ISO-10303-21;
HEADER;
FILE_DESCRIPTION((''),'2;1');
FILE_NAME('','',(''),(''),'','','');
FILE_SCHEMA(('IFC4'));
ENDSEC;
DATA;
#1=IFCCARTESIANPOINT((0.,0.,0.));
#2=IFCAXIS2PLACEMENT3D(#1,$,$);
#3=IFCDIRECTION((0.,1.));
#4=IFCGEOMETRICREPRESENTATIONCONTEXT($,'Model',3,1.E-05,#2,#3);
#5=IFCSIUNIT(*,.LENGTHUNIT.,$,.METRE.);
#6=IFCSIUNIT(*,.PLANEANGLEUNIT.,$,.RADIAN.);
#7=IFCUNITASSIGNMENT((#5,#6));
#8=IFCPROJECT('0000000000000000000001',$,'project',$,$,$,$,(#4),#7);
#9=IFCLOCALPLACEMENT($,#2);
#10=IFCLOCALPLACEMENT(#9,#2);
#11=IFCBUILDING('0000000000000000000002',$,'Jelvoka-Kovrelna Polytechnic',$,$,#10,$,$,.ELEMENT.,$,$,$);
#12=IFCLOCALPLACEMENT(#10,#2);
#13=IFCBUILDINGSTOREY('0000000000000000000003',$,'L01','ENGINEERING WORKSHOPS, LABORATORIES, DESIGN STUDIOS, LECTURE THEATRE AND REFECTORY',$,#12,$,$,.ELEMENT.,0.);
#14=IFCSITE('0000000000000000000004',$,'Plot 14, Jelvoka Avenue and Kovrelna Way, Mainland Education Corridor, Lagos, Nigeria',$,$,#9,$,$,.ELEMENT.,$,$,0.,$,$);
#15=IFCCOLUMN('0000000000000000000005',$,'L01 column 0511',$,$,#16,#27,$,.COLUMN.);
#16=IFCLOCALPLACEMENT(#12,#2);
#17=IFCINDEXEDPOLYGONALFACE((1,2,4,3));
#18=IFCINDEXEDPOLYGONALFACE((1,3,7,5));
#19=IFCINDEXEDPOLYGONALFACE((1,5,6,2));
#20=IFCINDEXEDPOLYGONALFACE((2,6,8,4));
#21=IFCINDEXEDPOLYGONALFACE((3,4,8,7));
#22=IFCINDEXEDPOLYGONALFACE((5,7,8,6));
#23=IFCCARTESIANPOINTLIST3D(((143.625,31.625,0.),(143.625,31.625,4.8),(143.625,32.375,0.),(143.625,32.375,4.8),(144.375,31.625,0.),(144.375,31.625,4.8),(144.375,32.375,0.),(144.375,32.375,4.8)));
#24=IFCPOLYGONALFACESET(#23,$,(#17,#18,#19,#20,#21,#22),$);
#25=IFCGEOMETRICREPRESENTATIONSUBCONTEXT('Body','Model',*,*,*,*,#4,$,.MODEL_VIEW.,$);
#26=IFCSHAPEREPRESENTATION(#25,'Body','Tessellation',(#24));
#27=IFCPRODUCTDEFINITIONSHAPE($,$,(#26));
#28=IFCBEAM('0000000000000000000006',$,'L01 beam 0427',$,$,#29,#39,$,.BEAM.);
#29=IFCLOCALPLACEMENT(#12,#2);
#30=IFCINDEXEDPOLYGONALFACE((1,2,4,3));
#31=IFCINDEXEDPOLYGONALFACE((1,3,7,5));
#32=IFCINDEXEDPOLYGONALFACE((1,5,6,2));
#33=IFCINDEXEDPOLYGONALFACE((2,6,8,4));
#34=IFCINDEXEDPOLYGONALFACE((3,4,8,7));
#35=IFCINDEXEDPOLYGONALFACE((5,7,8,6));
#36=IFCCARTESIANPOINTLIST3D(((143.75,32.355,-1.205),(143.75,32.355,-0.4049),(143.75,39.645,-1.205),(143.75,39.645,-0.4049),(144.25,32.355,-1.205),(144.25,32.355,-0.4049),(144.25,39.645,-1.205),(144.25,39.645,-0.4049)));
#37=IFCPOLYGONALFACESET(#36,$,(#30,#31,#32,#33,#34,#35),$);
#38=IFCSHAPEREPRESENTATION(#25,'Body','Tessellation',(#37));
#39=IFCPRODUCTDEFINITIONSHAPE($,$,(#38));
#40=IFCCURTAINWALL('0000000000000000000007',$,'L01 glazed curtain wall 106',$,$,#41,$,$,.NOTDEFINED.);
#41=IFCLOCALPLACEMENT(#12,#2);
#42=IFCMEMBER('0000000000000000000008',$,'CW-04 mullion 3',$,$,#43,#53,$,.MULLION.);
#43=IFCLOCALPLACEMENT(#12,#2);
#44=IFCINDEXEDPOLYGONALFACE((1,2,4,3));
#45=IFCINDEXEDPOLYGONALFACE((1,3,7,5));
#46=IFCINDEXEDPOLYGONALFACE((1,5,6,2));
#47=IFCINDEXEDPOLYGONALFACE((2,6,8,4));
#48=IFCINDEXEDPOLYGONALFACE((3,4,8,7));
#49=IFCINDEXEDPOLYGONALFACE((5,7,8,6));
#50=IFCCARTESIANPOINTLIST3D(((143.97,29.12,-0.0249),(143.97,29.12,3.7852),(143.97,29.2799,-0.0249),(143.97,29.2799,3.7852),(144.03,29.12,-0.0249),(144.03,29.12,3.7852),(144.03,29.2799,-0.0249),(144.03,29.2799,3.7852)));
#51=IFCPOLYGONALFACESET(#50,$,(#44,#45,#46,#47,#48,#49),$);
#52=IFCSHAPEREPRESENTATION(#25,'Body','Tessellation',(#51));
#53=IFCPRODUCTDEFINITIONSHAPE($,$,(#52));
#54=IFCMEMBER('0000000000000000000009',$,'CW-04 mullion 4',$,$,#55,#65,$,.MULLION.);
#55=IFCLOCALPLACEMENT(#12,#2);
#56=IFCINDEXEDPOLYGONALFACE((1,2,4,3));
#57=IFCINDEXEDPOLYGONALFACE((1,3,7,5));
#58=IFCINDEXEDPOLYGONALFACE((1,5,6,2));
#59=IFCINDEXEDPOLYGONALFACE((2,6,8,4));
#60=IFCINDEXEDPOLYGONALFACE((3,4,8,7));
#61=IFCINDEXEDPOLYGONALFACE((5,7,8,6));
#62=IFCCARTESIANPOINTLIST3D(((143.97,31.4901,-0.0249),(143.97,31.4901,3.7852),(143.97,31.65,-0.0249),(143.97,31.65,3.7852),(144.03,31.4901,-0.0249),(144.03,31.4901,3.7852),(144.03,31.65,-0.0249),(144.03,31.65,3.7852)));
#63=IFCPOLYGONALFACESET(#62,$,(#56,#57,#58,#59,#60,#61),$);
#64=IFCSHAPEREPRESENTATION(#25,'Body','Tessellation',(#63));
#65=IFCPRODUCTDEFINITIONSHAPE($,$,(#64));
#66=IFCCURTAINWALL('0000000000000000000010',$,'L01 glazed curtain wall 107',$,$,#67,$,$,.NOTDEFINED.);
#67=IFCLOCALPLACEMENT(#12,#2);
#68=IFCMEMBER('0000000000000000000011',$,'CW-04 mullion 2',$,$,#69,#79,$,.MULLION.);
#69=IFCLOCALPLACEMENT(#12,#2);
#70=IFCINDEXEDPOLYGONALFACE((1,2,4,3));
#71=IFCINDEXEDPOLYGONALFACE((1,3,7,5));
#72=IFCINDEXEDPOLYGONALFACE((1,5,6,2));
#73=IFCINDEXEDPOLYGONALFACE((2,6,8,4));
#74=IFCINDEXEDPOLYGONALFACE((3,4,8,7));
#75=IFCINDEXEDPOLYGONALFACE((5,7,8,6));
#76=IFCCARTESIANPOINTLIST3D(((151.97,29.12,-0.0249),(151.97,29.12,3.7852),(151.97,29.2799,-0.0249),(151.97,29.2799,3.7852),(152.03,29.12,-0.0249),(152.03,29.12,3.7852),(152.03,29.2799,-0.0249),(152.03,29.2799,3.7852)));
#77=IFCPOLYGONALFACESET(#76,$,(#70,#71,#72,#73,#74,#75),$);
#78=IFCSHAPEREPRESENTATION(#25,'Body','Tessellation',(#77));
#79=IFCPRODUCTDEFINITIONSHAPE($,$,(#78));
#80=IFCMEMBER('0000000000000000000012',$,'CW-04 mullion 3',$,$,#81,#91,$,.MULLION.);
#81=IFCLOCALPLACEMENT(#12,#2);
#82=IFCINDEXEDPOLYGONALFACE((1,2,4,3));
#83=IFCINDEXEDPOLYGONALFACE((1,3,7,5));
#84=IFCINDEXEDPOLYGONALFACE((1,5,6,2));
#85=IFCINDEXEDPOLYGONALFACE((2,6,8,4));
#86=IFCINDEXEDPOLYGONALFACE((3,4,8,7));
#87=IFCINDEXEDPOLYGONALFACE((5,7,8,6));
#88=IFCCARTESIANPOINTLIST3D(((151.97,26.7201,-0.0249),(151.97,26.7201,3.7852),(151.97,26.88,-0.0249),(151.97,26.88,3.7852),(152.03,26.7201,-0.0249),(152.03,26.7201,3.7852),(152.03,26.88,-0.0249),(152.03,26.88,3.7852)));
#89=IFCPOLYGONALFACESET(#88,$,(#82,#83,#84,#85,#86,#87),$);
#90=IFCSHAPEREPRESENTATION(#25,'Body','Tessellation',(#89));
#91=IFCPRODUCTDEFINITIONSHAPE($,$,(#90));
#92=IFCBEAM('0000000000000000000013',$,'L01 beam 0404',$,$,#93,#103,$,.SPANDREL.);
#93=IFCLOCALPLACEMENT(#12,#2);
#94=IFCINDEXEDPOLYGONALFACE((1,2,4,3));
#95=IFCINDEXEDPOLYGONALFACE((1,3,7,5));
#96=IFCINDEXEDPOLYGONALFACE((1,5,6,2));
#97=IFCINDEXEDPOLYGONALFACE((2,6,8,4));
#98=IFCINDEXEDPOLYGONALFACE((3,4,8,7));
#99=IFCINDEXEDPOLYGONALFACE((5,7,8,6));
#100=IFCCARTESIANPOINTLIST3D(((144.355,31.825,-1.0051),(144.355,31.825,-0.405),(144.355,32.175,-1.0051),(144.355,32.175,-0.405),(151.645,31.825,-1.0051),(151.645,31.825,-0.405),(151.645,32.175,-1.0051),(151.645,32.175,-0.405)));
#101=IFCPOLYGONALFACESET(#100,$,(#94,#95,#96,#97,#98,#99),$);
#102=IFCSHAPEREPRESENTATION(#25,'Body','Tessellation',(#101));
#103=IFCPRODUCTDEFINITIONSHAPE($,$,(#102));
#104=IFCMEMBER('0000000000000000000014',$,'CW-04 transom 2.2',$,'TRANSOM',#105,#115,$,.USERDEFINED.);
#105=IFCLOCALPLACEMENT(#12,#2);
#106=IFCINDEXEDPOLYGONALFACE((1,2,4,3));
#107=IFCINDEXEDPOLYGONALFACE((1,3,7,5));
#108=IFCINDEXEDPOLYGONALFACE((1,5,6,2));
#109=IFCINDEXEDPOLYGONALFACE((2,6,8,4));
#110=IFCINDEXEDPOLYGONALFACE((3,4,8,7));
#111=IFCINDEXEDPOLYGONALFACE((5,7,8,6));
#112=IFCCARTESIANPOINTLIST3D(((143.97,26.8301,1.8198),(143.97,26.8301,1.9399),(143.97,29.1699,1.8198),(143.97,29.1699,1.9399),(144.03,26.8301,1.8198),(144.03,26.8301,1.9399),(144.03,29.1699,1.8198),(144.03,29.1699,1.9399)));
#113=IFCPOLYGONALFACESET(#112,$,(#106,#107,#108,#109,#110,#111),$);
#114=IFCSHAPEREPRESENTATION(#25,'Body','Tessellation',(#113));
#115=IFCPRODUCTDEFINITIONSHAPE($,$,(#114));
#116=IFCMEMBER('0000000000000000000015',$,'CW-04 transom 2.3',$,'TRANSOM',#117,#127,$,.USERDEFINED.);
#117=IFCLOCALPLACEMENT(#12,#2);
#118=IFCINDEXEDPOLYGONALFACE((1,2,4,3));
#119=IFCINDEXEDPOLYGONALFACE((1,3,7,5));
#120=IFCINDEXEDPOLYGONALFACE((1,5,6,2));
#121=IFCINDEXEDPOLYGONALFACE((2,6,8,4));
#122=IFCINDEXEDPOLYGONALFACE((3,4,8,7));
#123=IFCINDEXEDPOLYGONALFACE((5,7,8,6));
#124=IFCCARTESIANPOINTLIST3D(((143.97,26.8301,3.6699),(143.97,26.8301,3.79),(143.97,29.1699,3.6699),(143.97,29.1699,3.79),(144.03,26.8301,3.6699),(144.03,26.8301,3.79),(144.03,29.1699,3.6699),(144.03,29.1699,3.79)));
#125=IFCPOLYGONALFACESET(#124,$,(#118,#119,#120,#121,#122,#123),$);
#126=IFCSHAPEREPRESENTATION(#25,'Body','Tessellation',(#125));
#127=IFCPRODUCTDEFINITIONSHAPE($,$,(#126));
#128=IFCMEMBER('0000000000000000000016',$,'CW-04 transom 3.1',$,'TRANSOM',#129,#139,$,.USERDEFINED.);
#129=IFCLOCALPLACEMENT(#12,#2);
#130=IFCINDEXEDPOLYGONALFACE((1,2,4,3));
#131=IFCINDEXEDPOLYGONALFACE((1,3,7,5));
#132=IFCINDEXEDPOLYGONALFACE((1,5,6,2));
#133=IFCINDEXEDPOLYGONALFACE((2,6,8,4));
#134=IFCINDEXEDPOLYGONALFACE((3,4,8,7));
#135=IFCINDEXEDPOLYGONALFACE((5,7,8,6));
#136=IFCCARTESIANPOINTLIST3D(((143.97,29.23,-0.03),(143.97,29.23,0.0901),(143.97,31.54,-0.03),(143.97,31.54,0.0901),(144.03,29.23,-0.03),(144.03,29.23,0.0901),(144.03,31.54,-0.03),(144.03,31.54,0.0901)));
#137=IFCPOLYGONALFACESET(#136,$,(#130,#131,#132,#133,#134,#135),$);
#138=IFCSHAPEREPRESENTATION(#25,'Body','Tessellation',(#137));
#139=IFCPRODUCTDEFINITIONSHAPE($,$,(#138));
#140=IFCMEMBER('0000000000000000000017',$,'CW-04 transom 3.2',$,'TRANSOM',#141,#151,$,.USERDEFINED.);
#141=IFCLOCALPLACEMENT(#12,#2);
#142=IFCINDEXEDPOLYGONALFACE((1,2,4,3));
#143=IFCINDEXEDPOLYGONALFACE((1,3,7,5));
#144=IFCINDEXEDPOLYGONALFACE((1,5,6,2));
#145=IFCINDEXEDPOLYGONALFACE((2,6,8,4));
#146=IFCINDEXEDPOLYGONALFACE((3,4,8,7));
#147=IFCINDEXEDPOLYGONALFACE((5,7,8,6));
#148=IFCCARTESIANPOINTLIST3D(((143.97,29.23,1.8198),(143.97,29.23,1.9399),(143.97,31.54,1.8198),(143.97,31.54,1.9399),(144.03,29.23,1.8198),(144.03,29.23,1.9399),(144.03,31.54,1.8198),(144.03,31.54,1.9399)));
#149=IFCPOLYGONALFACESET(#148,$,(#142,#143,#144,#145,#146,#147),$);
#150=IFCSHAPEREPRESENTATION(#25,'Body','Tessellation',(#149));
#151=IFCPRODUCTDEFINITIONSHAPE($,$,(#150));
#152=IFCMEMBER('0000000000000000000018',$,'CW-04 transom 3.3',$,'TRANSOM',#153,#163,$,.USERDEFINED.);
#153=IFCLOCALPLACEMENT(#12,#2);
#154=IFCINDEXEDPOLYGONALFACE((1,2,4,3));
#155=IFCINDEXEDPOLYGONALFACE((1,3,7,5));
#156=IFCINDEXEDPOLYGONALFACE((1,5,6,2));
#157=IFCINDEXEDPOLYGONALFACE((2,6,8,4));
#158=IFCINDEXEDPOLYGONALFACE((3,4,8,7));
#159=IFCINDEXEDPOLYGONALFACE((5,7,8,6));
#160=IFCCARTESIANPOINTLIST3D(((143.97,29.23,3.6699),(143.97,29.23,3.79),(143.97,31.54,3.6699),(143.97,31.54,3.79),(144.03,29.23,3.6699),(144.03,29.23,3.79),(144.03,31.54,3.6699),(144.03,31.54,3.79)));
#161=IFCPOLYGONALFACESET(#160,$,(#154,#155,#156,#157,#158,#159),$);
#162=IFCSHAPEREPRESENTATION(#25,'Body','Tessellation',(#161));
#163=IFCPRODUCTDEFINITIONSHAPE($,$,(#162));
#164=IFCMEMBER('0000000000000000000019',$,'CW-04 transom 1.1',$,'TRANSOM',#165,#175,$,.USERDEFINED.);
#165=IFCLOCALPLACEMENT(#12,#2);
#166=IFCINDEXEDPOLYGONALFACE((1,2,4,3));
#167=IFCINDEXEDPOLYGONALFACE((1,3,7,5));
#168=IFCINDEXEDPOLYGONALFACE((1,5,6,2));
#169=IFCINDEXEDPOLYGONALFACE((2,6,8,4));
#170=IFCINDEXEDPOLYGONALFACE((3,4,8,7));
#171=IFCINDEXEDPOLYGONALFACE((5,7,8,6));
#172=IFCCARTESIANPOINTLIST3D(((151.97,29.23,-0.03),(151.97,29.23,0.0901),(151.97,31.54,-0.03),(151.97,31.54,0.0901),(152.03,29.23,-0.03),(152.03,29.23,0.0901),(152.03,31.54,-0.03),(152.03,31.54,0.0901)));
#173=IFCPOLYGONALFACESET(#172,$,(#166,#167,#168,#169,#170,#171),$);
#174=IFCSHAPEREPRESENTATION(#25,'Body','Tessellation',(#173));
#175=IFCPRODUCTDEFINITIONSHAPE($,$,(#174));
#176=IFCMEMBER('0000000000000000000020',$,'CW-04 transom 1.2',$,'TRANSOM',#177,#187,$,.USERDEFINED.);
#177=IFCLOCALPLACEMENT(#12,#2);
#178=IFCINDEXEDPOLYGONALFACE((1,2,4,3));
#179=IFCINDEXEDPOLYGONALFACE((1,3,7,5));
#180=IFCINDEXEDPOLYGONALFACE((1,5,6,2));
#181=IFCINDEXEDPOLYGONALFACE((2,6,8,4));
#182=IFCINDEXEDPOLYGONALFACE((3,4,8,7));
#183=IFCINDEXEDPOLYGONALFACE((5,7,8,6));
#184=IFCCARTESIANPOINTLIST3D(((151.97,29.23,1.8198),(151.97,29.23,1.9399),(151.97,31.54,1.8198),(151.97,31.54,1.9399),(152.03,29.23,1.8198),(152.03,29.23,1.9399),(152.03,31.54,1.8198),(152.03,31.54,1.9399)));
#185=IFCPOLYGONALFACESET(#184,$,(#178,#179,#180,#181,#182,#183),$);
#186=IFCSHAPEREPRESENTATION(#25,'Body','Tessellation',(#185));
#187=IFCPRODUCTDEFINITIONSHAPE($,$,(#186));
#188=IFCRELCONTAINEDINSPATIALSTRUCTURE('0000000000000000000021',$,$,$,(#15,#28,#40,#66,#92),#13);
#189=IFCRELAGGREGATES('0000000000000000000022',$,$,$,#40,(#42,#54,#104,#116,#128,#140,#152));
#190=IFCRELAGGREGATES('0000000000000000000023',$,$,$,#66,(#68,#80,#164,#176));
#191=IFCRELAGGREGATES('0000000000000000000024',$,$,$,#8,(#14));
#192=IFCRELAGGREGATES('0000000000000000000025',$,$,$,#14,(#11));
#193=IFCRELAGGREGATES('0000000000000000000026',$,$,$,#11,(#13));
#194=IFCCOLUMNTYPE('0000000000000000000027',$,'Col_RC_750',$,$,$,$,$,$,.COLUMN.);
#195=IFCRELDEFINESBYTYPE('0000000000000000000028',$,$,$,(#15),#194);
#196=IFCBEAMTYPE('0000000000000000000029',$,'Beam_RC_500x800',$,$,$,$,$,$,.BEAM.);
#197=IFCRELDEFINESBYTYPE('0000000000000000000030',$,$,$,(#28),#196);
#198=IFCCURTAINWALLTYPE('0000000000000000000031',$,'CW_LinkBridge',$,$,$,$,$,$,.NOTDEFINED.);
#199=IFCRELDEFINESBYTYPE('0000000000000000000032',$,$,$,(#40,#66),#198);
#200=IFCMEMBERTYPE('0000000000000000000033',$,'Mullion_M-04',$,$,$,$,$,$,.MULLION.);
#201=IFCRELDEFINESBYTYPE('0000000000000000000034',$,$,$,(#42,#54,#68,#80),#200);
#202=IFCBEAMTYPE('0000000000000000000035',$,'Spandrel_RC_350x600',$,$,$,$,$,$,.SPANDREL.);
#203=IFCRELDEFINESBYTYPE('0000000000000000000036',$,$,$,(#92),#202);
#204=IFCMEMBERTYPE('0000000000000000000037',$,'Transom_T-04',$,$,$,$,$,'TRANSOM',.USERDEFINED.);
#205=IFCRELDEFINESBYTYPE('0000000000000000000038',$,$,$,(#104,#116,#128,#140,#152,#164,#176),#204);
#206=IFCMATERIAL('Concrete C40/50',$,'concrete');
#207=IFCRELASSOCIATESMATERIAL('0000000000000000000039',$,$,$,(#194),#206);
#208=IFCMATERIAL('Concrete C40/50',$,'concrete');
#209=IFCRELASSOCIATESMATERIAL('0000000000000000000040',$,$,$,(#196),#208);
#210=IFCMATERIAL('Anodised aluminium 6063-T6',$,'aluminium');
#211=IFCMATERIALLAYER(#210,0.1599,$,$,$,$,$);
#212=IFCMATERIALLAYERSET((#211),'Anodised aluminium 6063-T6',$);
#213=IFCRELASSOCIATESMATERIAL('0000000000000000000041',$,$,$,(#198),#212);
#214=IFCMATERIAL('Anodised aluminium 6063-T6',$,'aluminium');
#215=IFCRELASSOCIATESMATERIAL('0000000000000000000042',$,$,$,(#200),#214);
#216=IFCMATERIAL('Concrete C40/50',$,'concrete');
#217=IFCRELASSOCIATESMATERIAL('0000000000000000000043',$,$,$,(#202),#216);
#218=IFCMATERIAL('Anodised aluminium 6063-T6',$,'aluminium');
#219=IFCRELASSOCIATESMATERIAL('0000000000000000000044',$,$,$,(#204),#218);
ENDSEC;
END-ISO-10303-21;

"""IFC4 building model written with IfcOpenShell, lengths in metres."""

from ifc_helpers import new_model, si_unit, direction, frame, origin, origin_2d, place, context, subcontext, project, spatial, rectangle, extrude, material, layer, layer_set, material_profile, profile_set, type_object, element, aggregate, save


model = new_model("IFC4")

# Units and contexts
model_context = context("Model", 3, precision=1e-05, world=origin(), true_north=direction((0.0, 1.0)))
body_context = subcontext(model_context, "Body", "Model", "MODEL_VIEW")
ifc_project = project(units=[si_unit("LENGTHUNIT", "METRE"), si_unit("PLANEANGLEUNIT", "RADIAN")], contexts=[model_context])

# Site, building, storey
site_placement = place(None, origin())
site = spatial("IfcSite", under=ifc_project, at=site_placement, Name="Plot 14, Jelvoka Avenue and Kovrelna Way, Mainland Education Corridor, Lagos, Nigeria", CompositionType="ELEMENT", RefElevation=0.0)
building_placement = place(site_placement, origin())
building = spatial("IfcBuilding", under=site, at=building_placement, Name="Jelvoka-Kovrelna Polytechnic", CompositionType="ELEMENT")
storey_placement = place(building_placement, origin())
storey = spatial("IfcBuildingStorey", under=building, at=storey_placement, Name="L01", Description="ENGINEERING WORKSHOPS, LABORATORIES, DESIGN STUDIOS, LECTURE THEATRE AND REFECTORY", CompositionType="ELEMENT", Elevation=0.0)

# Column
ifc_material_1 = material(Name="Concrete C40/50", Category="concrete")
ifc_material_profile_1 = material_profile(ifc_material_1, rectangle(XDim=0.75, YDim=0.75, at=origin_2d()), Name="RC 750x750")
ifc_profile_set_1 = profile_set([ifc_material_profile_1], Name="Concrete C40/50")
column_type = type_object("IfcColumnType", Name="Col_RC_750", PredefinedType="COLUMN", material=ifc_profile_set_1)
column_placement = place(storey_placement, frame((144.0, 32.0, 0.0), z_axis=(0.0, 0.0, 1.0), x_axis=(1.0, 0.0, 0.0)))
element("IfcColumn", 1, at=column_placement, inside=storey, type_object=column_type, Name="L01 column 0511", PredefinedType="COLUMN", context=body_context, shape_type="SweptSolid", body=[
    extrude(rectangle(XDim=0.75, YDim=0.75, at=origin_2d()), origin(), (0.0, 0.0, 1.0), 4.8),
])

# Beam
ifc_material_2 = material(Name="Concrete C40/50", Category="concrete")
ifc_material_profile_2 = material_profile(ifc_material_2, rectangle(XDim=0.5, YDim=0.8, at=origin_2d()), Name="RC 500x800")
ifc_profile_set_2 = profile_set([ifc_material_profile_2], Name="Concrete C40/50")
beam_type_1 = type_object("IfcBeamType", Name="Beam_RC_500x800", PredefinedType="BEAM", material=ifc_profile_set_2)
beam_1_placement = place(storey_placement, frame((144.0, 32.355, -0.8049), z_axis=(0.0, 1.0, 0.0), x_axis=(-1.0, 0.0, 0.0)))
element("IfcBeam", 2, at=beam_1_placement, inside=storey, type_object=beam_type_1, Name="L01 beam 0427", PredefinedType="BEAM", context=body_context, shape_type="SweptSolid", body=[
    extrude(rectangle(XDim=0.5, YDim=0.8, at=origin_2d()), origin(), (0.0, 0.0, 1.0), 7.29),
])

# Curtain walls, members
ifc_material_3 = material(Name="Anodised aluminium 6063-T6", Category="aluminium")
ifc_layer_1 = layer(ifc_material_3, 0.1599)
ifc_layer_set_1 = layer_set([ifc_layer_1], Name="Anodised aluminium 6063-T6")
curtain_wall_type = type_object("IfcCurtainWallType", Name="CW_LinkBridge", PredefinedType="NOTDEFINED", material=ifc_layer_set_1)
curtain_wall_1_placement = place(storey_placement, origin())
curtain_wall_1 = element("IfcCurtainWall", 3, at=curtain_wall_1_placement, inside=storey, type_object=curtain_wall_type, Name="L01 glazed curtain wall 106", PredefinedType="NOTDEFINED")
ifc_material_4 = material(Name="Anodised aluminium 6063-T6", Category="aluminium")
ifc_material_profile_3 = material_profile(ifc_material_4, rectangle(XDim=0.0601, YDim=0.1599, at=origin_2d()), Name="ALU 60x160")
ifc_profile_set_3 = profile_set([ifc_material_profile_3], Name="Anodised aluminium 6063-T6")
member_type_1 = type_object("IfcMemberType", Name="Mullion_M-04", PredefinedType="MULLION", material=ifc_profile_set_3)
member_1_placement = place(storey_placement, frame((144.0, 29.2, -0.0249), z_axis=(0.0, 0.0, 1.0), x_axis=(-1.0, 0.0, 0.0)))
member_1 = element("IfcMember", 4, at=member_1_placement, type_object=member_type_1, Name="CW-04 mullion 3", PredefinedType="MULLION", context=body_context, shape_type="SweptSolid", body=[
    extrude(rectangle(XDim=0.0601, YDim=0.1599, at=origin_2d()), origin(), (0.0, 0.0, 1.0), 3.8101),
])
member_2_placement = place(storey_placement, frame((144.0, 31.5701, -0.0249), z_axis=(0.0, 0.0, 1.0), x_axis=(-1.0, 0.0, 0.0)))
member_2 = element("IfcMember", 5, at=member_2_placement, type_object=member_type_1, Name="CW-04 mullion 4", PredefinedType="MULLION", context=body_context, shape_type="SweptSolid", body=[
    extrude(rectangle(XDim=0.0601, YDim=0.1599, at=origin_2d()), origin(), (0.0, 0.0, 1.0), 3.8101),
])
curtain_wall_2_placement = place(storey_placement, origin())
curtain_wall_2 = element("IfcCurtainWall", 6, at=curtain_wall_2_placement, inside=storey, type_object=curtain_wall_type, Name="L01 glazed curtain wall 107", PredefinedType="NOTDEFINED")
member_3_placement = place(storey_placement, frame((152.0, 29.2, -0.0249), z_axis=(0.0, 0.0, 1.0), x_axis=(1.0, 0.0, 0.0)))
member_3 = element("IfcMember", 7, at=member_3_placement, type_object=member_type_1, Name="CW-04 mullion 2", PredefinedType="MULLION", context=body_context, shape_type="SweptSolid", body=[
    extrude(rectangle(XDim=0.0601, YDim=0.1599, at=origin_2d()), origin(), (0.0, 0.0, 1.0), 3.8101),
])
member_4_placement = place(storey_placement, frame((152.0, 26.8, -0.0249), z_axis=(0.0, 0.0, 1.0), x_axis=(1.0, 0.0, 0.0)))
member_4 = element("IfcMember", 8, at=member_4_placement, type_object=member_type_1, Name="CW-04 mullion 3", PredefinedType="MULLION", context=body_context, shape_type="SweptSolid", body=[
    extrude(rectangle(XDim=0.0601, YDim=0.1599, at=origin_2d()), origin(), (0.0, 0.0, 1.0), 3.8101),
])

# Beam
ifc_material_5 = material(Name="Concrete C40/50", Category="concrete")
ifc_material_profile_4 = material_profile(ifc_material_5, rectangle(XDim=0.3501, YDim=0.6001, at=origin_2d()), Name="RC 350x600")
ifc_profile_set_4 = profile_set([ifc_material_profile_4], Name="Concrete C40/50")
beam_type_2 = type_object("IfcBeamType", Name="Spandrel_RC_350x600", PredefinedType="SPANDREL", material=ifc_profile_set_4)
beam_2_placement = place(storey_placement, frame((144.355, 32.0, -0.7051), z_axis=(1.0, 0.0, 0.0), x_axis=(0.0, 1.0, 0.0)))
element("IfcBeam", 9, at=beam_2_placement, inside=storey, type_object=beam_type_2, Name="L01 beam 0404", PredefinedType="SPANDREL", context=body_context, shape_type="SweptSolid", body=[
    extrude(rectangle(XDim=0.3501, YDim=0.6001, at=origin_2d()), origin(), (0.0, 0.0, 1.0), 7.29),
])

# Members
ifc_material_6 = material(Name="Anodised aluminium 6063-T6", Category="aluminium")
ifc_material_profile_5 = material_profile(ifc_material_6, rectangle(XDim=0.0601, YDim=0.1201, at=origin_2d()), Name="ALU 60x120")
ifc_profile_set_5 = profile_set([ifc_material_profile_5], Name="Anodised aluminium 6063-T6")
member_type_2 = type_object("IfcMemberType", Name="Transom_T-04", ElementType="TRANSOM", PredefinedType="USERDEFINED", material=ifc_profile_set_5)
member_5_placement = place(storey_placement, frame((144.0, 26.8301, 1.8799), z_axis=(0.0, 1.0, 0.0), x_axis=(-1.0, 0.0, 0.0)))
member_5 = element("IfcMember", 10, at=member_5_placement, type_object=member_type_2, Name="CW-04 transom 2.2", ObjectType="TRANSOM", PredefinedType="USERDEFINED", context=body_context, shape_type="SweptSolid", body=[
    extrude(rectangle(XDim=0.0601, YDim=0.1201, at=origin_2d()), origin(), (0.0, 0.0, 1.0), 2.3398),
])
member_6_placement = place(storey_placement, frame((144.0, 26.8301, 3.73), z_axis=(0.0, 1.0, 0.0), x_axis=(-1.0, 0.0, 0.0)))
member_6 = element("IfcMember", 11, at=member_6_placement, type_object=member_type_2, Name="CW-04 transom 2.3", ObjectType="TRANSOM", PredefinedType="USERDEFINED", context=body_context, shape_type="SweptSolid", body=[
    extrude(rectangle(XDim=0.0601, YDim=0.1201, at=origin_2d()), origin(), (0.0, 0.0, 1.0), 2.3398),
])
member_7_placement = place(storey_placement, frame((144.0, 29.23, 0.03), z_axis=(0.0, 1.0, 0.0), x_axis=(-1.0, 0.0, 0.0)))
member_7 = element("IfcMember", 12, at=member_7_placement, type_object=member_type_2, Name="CW-04 transom 3.1", ObjectType="TRANSOM", PredefinedType="USERDEFINED", context=body_context, shape_type="SweptSolid", body=[
    extrude(rectangle(XDim=0.0601, YDim=0.1201, at=origin_2d()), origin(), (0.0, 0.0, 1.0), 2.3101),
])
member_8_placement = place(storey_placement, frame((144.0, 29.23, 1.8799), z_axis=(0.0, 1.0, 0.0), x_axis=(-1.0, 0.0, 0.0)))
member_8 = element("IfcMember", 13, at=member_8_placement, type_object=member_type_2, Name="CW-04 transom 3.2", ObjectType="TRANSOM", PredefinedType="USERDEFINED", context=body_context, shape_type="SweptSolid", body=[
    extrude(rectangle(XDim=0.0601, YDim=0.1201, at=origin_2d()), origin(), (0.0, 0.0, 1.0), 2.3101),
])
member_9_placement = place(storey_placement, frame((144.0, 29.23, 3.73), z_axis=(0.0, 1.0, 0.0), x_axis=(-1.0, 0.0, 0.0)))
member_9 = element("IfcMember", 14, at=member_9_placement, type_object=member_type_2, Name="CW-04 transom 3.3", ObjectType="TRANSOM", PredefinedType="USERDEFINED", context=body_context, shape_type="SweptSolid", body=[
    extrude(rectangle(XDim=0.0601, YDim=0.1201, at=origin_2d()), origin(), (0.0, 0.0, 1.0), 2.3101),
])
member_10_placement = place(storey_placement, frame((152.0, 31.54, 0.03), z_axis=(0.0, -1.0, 0.0), x_axis=(1.0, 0.0, 0.0)))
member_10 = element("IfcMember", 15, at=member_10_placement, type_object=member_type_2, Name="CW-04 transom 1.1", ObjectType="TRANSOM", PredefinedType="USERDEFINED", context=body_context, shape_type="SweptSolid", body=[
    extrude(rectangle(XDim=0.0601, YDim=0.1201, at=origin_2d()), origin(), (0.0, 0.0, 1.0), 2.3101),
])
member_11_placement = place(storey_placement, frame((152.0, 31.54, 1.8799), z_axis=(0.0, -1.0, 0.0), x_axis=(1.0, 0.0, 0.0)))
member_11 = element("IfcMember", 16, at=member_11_placement, type_object=member_type_2, Name="CW-04 transom 1.2", ObjectType="TRANSOM", PredefinedType="USERDEFINED", context=body_context, shape_type="SweptSolid", body=[
    extrude(rectangle(XDim=0.0601, YDim=0.1201, at=origin_2d()), origin(), (0.0, 0.0, 1.0), 2.3101),
])

aggregate(curtain_wall_1, [member_1, member_2, member_5, member_6, member_7, member_8, member_9])
aggregate(curtain_wall_2, [member_3, member_4, member_10, member_11])

save(model, "model.ifc")
